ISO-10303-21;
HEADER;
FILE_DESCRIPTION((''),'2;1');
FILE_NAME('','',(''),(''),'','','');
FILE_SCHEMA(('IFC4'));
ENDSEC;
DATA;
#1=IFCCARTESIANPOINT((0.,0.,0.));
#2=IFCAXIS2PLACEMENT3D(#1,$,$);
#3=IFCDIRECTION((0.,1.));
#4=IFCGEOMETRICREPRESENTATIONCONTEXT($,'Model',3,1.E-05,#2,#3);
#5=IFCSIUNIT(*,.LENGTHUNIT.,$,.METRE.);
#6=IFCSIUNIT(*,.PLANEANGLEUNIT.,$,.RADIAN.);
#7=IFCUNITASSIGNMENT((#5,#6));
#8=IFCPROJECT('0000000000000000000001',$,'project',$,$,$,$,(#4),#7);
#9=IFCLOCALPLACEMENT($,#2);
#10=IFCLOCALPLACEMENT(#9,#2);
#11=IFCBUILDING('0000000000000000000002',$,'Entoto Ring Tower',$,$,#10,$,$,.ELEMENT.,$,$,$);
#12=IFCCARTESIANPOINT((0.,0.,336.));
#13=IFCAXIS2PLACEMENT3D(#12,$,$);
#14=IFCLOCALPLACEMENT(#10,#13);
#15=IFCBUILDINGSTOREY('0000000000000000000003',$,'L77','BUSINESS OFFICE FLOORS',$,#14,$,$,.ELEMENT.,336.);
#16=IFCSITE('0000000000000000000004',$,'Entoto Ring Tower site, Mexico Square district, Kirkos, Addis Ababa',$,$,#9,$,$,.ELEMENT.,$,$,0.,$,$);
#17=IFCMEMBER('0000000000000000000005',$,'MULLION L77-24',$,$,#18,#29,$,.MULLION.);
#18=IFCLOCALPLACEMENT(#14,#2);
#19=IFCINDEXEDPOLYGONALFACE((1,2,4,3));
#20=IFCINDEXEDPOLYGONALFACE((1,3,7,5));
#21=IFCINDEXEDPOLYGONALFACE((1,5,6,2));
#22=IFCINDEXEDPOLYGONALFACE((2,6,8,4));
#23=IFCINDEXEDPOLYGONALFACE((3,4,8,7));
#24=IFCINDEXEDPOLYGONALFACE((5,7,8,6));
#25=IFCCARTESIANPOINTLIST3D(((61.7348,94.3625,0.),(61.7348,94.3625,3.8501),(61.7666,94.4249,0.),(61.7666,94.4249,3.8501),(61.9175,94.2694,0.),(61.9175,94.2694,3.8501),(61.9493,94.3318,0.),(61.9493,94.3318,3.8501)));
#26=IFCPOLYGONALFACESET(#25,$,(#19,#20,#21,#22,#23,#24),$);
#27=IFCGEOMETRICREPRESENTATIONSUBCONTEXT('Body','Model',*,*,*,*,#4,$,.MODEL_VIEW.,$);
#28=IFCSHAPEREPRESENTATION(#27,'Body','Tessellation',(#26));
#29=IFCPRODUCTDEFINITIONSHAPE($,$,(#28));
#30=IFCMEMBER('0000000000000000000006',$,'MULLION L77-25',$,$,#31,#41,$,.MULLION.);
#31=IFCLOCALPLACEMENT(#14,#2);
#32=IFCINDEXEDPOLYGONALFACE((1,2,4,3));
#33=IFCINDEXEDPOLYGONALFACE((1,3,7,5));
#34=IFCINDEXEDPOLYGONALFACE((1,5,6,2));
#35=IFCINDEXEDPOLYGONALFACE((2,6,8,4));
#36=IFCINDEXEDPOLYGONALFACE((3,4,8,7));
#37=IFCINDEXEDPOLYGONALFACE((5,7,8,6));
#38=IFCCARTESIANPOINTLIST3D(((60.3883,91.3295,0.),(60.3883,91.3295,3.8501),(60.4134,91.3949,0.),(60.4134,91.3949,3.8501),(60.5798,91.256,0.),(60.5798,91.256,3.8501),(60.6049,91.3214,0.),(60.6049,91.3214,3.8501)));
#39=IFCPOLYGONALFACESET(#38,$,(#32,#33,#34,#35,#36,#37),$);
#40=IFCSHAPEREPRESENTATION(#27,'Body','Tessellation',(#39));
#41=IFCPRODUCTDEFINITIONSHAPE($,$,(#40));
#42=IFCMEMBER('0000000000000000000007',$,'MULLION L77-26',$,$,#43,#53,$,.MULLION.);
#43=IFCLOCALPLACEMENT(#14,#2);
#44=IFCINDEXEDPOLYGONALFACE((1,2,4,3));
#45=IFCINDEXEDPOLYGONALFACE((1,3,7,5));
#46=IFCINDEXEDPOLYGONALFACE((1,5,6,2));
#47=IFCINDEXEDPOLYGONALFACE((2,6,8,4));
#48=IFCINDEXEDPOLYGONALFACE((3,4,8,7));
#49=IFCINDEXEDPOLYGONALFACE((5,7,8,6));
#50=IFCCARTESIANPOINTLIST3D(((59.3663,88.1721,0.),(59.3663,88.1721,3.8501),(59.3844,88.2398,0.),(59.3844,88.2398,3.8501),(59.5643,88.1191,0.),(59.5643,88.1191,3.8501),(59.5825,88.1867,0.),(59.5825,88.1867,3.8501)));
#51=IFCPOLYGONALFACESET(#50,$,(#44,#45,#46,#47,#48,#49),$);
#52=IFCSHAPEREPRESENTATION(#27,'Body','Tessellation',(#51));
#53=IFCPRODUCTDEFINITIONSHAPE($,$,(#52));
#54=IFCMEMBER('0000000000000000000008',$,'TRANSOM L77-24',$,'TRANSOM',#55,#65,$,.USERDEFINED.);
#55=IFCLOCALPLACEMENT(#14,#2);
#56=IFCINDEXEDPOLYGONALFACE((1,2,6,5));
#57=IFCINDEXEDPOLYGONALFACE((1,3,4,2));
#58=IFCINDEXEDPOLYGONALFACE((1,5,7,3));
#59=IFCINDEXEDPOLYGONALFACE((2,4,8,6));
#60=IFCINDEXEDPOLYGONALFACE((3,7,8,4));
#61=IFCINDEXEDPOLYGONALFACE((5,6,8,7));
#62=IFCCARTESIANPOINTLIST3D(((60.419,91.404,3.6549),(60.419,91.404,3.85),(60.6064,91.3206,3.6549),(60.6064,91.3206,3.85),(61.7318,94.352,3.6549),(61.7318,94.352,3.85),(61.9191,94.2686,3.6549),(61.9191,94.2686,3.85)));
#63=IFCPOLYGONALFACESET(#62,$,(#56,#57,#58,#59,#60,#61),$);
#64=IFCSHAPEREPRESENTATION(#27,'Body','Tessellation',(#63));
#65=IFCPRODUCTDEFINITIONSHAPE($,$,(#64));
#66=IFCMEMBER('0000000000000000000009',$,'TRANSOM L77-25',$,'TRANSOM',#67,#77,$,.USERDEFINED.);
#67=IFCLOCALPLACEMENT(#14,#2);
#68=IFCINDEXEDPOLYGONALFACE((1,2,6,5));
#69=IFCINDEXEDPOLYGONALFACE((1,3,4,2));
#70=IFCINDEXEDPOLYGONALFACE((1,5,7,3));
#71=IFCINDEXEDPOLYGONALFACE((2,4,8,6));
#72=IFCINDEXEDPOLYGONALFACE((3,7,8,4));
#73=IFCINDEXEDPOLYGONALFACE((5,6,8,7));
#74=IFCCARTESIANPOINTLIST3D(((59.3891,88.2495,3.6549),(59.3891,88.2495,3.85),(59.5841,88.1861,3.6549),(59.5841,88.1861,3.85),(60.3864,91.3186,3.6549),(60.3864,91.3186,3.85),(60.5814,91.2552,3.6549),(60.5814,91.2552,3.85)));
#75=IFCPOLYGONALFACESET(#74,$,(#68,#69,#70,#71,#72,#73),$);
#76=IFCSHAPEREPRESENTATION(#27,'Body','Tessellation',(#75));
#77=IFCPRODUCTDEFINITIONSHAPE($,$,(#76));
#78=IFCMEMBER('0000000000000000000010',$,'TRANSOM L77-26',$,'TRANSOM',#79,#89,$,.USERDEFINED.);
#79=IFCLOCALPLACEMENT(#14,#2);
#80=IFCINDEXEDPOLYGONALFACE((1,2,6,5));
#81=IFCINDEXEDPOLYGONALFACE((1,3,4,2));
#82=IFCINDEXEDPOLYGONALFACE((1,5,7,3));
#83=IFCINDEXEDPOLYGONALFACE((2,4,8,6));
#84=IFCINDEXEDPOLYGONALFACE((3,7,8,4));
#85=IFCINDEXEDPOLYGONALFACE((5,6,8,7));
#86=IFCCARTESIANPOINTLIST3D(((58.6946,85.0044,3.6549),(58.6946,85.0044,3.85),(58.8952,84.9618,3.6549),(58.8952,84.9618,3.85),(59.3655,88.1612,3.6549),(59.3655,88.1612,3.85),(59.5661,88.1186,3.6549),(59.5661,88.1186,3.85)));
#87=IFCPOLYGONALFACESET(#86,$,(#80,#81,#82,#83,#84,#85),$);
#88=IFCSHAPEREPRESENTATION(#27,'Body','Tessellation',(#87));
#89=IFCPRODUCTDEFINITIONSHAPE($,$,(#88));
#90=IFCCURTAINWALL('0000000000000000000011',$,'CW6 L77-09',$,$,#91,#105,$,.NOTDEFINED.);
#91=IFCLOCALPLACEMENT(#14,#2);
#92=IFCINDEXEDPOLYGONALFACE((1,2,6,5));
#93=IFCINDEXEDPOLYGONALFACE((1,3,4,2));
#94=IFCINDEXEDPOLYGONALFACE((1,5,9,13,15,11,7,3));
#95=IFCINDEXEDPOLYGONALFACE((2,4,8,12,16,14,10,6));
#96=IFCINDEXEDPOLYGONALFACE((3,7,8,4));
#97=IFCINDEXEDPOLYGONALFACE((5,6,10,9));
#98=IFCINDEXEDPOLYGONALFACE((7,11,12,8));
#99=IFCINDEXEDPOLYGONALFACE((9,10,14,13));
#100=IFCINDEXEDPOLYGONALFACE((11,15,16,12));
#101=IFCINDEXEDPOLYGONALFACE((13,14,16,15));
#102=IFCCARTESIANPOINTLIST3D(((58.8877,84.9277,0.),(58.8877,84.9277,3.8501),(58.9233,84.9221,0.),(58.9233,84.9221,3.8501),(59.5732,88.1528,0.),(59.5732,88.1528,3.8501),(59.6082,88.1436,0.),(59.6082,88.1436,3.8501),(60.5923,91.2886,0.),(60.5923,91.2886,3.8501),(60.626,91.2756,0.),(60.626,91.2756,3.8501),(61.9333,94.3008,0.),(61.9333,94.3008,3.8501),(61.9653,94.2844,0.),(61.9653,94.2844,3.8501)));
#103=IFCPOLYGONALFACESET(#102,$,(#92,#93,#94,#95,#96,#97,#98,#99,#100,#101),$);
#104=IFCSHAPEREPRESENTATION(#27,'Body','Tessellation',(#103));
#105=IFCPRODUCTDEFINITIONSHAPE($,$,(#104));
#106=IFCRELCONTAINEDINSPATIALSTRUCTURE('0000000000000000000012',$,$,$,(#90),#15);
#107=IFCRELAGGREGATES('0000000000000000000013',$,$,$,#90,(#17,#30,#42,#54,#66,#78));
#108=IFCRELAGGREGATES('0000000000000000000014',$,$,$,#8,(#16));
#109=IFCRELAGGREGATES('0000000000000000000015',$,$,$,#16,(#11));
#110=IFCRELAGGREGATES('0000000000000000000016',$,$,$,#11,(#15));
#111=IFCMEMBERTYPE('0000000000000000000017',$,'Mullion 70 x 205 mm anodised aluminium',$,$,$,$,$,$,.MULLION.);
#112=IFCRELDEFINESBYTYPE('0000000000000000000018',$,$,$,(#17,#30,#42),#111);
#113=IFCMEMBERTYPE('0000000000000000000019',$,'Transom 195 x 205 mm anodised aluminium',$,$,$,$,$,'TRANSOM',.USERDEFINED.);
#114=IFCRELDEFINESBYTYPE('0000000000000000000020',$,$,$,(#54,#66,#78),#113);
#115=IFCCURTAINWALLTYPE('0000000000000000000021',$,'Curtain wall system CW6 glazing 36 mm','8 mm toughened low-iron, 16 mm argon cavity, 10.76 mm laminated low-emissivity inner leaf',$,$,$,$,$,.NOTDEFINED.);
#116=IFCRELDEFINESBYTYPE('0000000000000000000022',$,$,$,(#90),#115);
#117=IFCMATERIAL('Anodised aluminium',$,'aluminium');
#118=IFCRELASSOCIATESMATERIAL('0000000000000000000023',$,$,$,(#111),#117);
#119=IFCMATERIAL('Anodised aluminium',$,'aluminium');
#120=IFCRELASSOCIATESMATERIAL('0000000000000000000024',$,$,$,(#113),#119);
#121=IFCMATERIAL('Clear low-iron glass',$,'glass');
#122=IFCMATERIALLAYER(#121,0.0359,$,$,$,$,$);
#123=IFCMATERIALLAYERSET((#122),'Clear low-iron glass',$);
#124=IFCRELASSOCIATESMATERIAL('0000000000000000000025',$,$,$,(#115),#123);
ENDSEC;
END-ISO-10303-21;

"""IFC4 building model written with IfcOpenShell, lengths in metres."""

from ifc_helpers import new_model, si_unit, direction, frame, origin, origin_2d, place, context, subcontext, project, spatial, polyline, rectangle, outline, extrude, material, layer, layer_set, material_profile, profile_set, type_object, element, aggregate, save


model = new_model("IFC4")

# Units and contexts
model_context = context("Model", 3, precision=1e-05, world=origin(), true_north=direction((0.0, 1.0)))
body_context = subcontext(model_context, "Body", "Model", "MODEL_VIEW")
ifc_project = project(units=[si_unit("LENGTHUNIT", "METRE"), si_unit("PLANEANGLEUNIT", "RADIAN")], contexts=[model_context])

# Members
ifc_material_1 = material(Name="Anodised aluminium", Category="aluminium")
ifc_material_profile_1 = material_profile(ifc_material_1, rectangle(XDim=0.0701, YDim=0.2051, at=origin_2d()), Name="Mullion 70 x 205 mm anodised aluminium")
ifc_profile_set_1 = profile_set([ifc_material_profile_1], Name="Anodised aluminium")
member_type_1 = type_object("IfcMemberType", Name="Mullion 70 x 205 mm anodised aluminium", PredefinedType="MULLION", material=ifc_profile_set_1)
site_placement = place(None, origin())
building_placement = place(site_placement, origin())
storey_placement = place(building_placement, frame((0.0, 0.0, 336.0)))
member_1_placement = place(storey_placement, frame((61.842, 94.3472, 0.0), z_axis=(0.0, 0.0, 1.0), x_axis=(-0.45399, -0.891007, 0.0)))
member_1 = element("IfcMember", 1, at=member_1_placement, type_object=member_type_1, Name="MULLION L77-24", PredefinedType="MULLION", context=body_context, shape_type="SweptSolid", body=[
    extrude(rectangle(XDim=0.0701, YDim=0.2051, at=origin_2d()), origin(), (0.0, 0.0, 1.0), 3.8501),
])
member_2_placement = place(storey_placement, frame((60.4966, 91.3254, 0.0), z_axis=(0.0, 0.0, 1.0), x_axis=(-0.358368, -0.93358, 0.0)))
member_2 = element("IfcMember", 2, at=member_2_placement, type_object=member_type_1, Name="MULLION L77-25", PredefinedType="MULLION", context=body_context, shape_type="SweptSolid", body=[
    extrude(rectangle(XDim=0.0701, YDim=0.2051, at=origin_2d()), origin(), (0.0, 0.0, 1.0), 3.8501),
])
member_3_placement = place(storey_placement, frame((59.4744, 88.1794, 0.0), z_axis=(0.0, 0.0, 1.0), x_axis=(-0.258819, -0.965926, 0.0)))
member_3 = element("IfcMember", 3, at=member_3_placement, type_object=member_type_1, Name="MULLION L77-26", PredefinedType="MULLION", context=body_context, shape_type="SweptSolid", body=[
    extrude(rectangle(XDim=0.0701, YDim=0.2051, at=origin_2d()), origin(), (0.0, 0.0, 1.0), 3.8501),
])
ifc_material_2 = material(Name="Anodised aluminium", Category="aluminium")
ifc_material_profile_2 = material_profile(ifc_material_2, rectangle(XDim=0.2051, YDim=0.1951, at=origin_2d()), Name="Transom 195 x 205 mm anodised aluminium")
ifc_profile_set_2 = profile_set([ifc_material_profile_2], Name="Anodised aluminium")
member_type_2 = type_object("IfcMemberType", Name="Transom 195 x 205 mm anodised aluminium", ElementType="TRANSOM", PredefinedType="USERDEFINED", material=ifc_profile_set_2)
member_4_placement = place(storey_placement, frame((61.8254, 94.3103, 3.7524), z_axis=(-0.406791, -0.913521, 0.0), x_axis=(0.913521, -0.406791, 0.0)))
member_4 = element("IfcMember", 4, at=member_4_placement, type_object=member_type_2, Name="TRANSOM L77-24", ObjectType="TRANSOM", PredefinedType="USERDEFINED", context=body_context, shape_type="SweptSolid", body=[
    extrude(rectangle(XDim=0.2051, YDim=0.1951, at=origin_2d()), origin(), (0.0, 0.0, 1.0), 3.2271),
])
member_5_placement = place(storey_placement, frame((60.4839, 91.2869, 3.7524), z_axis=(-0.309047, -0.951047, 0.0), x_axis=(0.951047, -0.309047, 0.0)))
member_5 = element("IfcMember", 5, at=member_5_placement, type_object=member_type_2, Name="TRANSOM L77-25", ObjectType="TRANSOM", PredefinedType="USERDEFINED", context=body_context, shape_type="SweptSolid", body=[
    extrude(rectangle(XDim=0.2051, YDim=0.1951, at=origin_2d()), origin(), (0.0, 0.0, 1.0), 3.2271),
])
member_6_placement = place(storey_placement, frame((59.4658, 88.1399, 3.7524), z_axis=(-0.207886, -0.978153, 0.0), x_axis=(0.978153, -0.207886, 0.0)))
member_6 = element("IfcMember", 6, at=member_6_placement, type_object=member_type_2, Name="TRANSOM L77-26", ObjectType="TRANSOM", PredefinedType="USERDEFINED", context=body_context, shape_type="SweptSolid", body=[
    extrude(rectangle(XDim=0.2051, YDim=0.1951, at=origin_2d()), origin(), (0.0, 0.0, 1.0), 3.2273),
])

# Site, building, storey
site = spatial("IfcSite", under=ifc_project, at=site_placement, Name="Entoto Ring Tower site, Mexico Square district, Kirkos, Addis Ababa", CompositionType="ELEMENT", RefElevation=0.0)
building = spatial("IfcBuilding", under=site, at=building_placement, Name="Entoto Ring Tower", CompositionType="ELEMENT")
storey = spatial("IfcBuildingStorey", under=building, at=storey_placement, Name="L77", Description="BUSINESS OFFICE FLOORS", CompositionType="ELEMENT", Elevation=336.0)

# Curtain wall
ifc_material_3 = material(Name="Clear low-iron glass", Category="glass")
ifc_layer = layer(ifc_material_3, 0.0359)
ifc_layer_set = layer_set([ifc_layer], Name="Clear low-iron glass")
curtain_wall_type = type_object("IfcCurtainWallType", Name="Curtain wall system CW6 glazing 36 mm", Description="8 mm toughened low-iron, 16 mm argon cavity, 10.76 mm laminated low-emissivity inner leaf", PredefinedType="NOTDEFINED", material=ifc_layer_set)
curtain_wall_1_placement = place(storey_placement, origin())
curtain_wall_1 = element("IfcCurtainWall", 7, at=curtain_wall_1_placement, inside=storey, type_object=curtain_wall_type, Name="CW6 L77-09", PredefinedType="NOTDEFINED", context=body_context, shape_type="SweptSolid", body=[
    extrude(outline(polyline([(61.9333, 94.3008), (60.5923, 91.2886), (59.5732, 88.1528), (58.8877, 84.9277), (58.9233, 84.9221), (59.6082, 88.1436), (60.626, 91.2756), (61.9653, 94.2844), (61.9333, 94.3008)])), origin(), (0.0, 0.0, 1.0), 3.8501),
])
aggregate(curtain_wall_1, [member_1, member_2, member_3, member_4, member_5, member_6])

save(model, "model.ifc")
